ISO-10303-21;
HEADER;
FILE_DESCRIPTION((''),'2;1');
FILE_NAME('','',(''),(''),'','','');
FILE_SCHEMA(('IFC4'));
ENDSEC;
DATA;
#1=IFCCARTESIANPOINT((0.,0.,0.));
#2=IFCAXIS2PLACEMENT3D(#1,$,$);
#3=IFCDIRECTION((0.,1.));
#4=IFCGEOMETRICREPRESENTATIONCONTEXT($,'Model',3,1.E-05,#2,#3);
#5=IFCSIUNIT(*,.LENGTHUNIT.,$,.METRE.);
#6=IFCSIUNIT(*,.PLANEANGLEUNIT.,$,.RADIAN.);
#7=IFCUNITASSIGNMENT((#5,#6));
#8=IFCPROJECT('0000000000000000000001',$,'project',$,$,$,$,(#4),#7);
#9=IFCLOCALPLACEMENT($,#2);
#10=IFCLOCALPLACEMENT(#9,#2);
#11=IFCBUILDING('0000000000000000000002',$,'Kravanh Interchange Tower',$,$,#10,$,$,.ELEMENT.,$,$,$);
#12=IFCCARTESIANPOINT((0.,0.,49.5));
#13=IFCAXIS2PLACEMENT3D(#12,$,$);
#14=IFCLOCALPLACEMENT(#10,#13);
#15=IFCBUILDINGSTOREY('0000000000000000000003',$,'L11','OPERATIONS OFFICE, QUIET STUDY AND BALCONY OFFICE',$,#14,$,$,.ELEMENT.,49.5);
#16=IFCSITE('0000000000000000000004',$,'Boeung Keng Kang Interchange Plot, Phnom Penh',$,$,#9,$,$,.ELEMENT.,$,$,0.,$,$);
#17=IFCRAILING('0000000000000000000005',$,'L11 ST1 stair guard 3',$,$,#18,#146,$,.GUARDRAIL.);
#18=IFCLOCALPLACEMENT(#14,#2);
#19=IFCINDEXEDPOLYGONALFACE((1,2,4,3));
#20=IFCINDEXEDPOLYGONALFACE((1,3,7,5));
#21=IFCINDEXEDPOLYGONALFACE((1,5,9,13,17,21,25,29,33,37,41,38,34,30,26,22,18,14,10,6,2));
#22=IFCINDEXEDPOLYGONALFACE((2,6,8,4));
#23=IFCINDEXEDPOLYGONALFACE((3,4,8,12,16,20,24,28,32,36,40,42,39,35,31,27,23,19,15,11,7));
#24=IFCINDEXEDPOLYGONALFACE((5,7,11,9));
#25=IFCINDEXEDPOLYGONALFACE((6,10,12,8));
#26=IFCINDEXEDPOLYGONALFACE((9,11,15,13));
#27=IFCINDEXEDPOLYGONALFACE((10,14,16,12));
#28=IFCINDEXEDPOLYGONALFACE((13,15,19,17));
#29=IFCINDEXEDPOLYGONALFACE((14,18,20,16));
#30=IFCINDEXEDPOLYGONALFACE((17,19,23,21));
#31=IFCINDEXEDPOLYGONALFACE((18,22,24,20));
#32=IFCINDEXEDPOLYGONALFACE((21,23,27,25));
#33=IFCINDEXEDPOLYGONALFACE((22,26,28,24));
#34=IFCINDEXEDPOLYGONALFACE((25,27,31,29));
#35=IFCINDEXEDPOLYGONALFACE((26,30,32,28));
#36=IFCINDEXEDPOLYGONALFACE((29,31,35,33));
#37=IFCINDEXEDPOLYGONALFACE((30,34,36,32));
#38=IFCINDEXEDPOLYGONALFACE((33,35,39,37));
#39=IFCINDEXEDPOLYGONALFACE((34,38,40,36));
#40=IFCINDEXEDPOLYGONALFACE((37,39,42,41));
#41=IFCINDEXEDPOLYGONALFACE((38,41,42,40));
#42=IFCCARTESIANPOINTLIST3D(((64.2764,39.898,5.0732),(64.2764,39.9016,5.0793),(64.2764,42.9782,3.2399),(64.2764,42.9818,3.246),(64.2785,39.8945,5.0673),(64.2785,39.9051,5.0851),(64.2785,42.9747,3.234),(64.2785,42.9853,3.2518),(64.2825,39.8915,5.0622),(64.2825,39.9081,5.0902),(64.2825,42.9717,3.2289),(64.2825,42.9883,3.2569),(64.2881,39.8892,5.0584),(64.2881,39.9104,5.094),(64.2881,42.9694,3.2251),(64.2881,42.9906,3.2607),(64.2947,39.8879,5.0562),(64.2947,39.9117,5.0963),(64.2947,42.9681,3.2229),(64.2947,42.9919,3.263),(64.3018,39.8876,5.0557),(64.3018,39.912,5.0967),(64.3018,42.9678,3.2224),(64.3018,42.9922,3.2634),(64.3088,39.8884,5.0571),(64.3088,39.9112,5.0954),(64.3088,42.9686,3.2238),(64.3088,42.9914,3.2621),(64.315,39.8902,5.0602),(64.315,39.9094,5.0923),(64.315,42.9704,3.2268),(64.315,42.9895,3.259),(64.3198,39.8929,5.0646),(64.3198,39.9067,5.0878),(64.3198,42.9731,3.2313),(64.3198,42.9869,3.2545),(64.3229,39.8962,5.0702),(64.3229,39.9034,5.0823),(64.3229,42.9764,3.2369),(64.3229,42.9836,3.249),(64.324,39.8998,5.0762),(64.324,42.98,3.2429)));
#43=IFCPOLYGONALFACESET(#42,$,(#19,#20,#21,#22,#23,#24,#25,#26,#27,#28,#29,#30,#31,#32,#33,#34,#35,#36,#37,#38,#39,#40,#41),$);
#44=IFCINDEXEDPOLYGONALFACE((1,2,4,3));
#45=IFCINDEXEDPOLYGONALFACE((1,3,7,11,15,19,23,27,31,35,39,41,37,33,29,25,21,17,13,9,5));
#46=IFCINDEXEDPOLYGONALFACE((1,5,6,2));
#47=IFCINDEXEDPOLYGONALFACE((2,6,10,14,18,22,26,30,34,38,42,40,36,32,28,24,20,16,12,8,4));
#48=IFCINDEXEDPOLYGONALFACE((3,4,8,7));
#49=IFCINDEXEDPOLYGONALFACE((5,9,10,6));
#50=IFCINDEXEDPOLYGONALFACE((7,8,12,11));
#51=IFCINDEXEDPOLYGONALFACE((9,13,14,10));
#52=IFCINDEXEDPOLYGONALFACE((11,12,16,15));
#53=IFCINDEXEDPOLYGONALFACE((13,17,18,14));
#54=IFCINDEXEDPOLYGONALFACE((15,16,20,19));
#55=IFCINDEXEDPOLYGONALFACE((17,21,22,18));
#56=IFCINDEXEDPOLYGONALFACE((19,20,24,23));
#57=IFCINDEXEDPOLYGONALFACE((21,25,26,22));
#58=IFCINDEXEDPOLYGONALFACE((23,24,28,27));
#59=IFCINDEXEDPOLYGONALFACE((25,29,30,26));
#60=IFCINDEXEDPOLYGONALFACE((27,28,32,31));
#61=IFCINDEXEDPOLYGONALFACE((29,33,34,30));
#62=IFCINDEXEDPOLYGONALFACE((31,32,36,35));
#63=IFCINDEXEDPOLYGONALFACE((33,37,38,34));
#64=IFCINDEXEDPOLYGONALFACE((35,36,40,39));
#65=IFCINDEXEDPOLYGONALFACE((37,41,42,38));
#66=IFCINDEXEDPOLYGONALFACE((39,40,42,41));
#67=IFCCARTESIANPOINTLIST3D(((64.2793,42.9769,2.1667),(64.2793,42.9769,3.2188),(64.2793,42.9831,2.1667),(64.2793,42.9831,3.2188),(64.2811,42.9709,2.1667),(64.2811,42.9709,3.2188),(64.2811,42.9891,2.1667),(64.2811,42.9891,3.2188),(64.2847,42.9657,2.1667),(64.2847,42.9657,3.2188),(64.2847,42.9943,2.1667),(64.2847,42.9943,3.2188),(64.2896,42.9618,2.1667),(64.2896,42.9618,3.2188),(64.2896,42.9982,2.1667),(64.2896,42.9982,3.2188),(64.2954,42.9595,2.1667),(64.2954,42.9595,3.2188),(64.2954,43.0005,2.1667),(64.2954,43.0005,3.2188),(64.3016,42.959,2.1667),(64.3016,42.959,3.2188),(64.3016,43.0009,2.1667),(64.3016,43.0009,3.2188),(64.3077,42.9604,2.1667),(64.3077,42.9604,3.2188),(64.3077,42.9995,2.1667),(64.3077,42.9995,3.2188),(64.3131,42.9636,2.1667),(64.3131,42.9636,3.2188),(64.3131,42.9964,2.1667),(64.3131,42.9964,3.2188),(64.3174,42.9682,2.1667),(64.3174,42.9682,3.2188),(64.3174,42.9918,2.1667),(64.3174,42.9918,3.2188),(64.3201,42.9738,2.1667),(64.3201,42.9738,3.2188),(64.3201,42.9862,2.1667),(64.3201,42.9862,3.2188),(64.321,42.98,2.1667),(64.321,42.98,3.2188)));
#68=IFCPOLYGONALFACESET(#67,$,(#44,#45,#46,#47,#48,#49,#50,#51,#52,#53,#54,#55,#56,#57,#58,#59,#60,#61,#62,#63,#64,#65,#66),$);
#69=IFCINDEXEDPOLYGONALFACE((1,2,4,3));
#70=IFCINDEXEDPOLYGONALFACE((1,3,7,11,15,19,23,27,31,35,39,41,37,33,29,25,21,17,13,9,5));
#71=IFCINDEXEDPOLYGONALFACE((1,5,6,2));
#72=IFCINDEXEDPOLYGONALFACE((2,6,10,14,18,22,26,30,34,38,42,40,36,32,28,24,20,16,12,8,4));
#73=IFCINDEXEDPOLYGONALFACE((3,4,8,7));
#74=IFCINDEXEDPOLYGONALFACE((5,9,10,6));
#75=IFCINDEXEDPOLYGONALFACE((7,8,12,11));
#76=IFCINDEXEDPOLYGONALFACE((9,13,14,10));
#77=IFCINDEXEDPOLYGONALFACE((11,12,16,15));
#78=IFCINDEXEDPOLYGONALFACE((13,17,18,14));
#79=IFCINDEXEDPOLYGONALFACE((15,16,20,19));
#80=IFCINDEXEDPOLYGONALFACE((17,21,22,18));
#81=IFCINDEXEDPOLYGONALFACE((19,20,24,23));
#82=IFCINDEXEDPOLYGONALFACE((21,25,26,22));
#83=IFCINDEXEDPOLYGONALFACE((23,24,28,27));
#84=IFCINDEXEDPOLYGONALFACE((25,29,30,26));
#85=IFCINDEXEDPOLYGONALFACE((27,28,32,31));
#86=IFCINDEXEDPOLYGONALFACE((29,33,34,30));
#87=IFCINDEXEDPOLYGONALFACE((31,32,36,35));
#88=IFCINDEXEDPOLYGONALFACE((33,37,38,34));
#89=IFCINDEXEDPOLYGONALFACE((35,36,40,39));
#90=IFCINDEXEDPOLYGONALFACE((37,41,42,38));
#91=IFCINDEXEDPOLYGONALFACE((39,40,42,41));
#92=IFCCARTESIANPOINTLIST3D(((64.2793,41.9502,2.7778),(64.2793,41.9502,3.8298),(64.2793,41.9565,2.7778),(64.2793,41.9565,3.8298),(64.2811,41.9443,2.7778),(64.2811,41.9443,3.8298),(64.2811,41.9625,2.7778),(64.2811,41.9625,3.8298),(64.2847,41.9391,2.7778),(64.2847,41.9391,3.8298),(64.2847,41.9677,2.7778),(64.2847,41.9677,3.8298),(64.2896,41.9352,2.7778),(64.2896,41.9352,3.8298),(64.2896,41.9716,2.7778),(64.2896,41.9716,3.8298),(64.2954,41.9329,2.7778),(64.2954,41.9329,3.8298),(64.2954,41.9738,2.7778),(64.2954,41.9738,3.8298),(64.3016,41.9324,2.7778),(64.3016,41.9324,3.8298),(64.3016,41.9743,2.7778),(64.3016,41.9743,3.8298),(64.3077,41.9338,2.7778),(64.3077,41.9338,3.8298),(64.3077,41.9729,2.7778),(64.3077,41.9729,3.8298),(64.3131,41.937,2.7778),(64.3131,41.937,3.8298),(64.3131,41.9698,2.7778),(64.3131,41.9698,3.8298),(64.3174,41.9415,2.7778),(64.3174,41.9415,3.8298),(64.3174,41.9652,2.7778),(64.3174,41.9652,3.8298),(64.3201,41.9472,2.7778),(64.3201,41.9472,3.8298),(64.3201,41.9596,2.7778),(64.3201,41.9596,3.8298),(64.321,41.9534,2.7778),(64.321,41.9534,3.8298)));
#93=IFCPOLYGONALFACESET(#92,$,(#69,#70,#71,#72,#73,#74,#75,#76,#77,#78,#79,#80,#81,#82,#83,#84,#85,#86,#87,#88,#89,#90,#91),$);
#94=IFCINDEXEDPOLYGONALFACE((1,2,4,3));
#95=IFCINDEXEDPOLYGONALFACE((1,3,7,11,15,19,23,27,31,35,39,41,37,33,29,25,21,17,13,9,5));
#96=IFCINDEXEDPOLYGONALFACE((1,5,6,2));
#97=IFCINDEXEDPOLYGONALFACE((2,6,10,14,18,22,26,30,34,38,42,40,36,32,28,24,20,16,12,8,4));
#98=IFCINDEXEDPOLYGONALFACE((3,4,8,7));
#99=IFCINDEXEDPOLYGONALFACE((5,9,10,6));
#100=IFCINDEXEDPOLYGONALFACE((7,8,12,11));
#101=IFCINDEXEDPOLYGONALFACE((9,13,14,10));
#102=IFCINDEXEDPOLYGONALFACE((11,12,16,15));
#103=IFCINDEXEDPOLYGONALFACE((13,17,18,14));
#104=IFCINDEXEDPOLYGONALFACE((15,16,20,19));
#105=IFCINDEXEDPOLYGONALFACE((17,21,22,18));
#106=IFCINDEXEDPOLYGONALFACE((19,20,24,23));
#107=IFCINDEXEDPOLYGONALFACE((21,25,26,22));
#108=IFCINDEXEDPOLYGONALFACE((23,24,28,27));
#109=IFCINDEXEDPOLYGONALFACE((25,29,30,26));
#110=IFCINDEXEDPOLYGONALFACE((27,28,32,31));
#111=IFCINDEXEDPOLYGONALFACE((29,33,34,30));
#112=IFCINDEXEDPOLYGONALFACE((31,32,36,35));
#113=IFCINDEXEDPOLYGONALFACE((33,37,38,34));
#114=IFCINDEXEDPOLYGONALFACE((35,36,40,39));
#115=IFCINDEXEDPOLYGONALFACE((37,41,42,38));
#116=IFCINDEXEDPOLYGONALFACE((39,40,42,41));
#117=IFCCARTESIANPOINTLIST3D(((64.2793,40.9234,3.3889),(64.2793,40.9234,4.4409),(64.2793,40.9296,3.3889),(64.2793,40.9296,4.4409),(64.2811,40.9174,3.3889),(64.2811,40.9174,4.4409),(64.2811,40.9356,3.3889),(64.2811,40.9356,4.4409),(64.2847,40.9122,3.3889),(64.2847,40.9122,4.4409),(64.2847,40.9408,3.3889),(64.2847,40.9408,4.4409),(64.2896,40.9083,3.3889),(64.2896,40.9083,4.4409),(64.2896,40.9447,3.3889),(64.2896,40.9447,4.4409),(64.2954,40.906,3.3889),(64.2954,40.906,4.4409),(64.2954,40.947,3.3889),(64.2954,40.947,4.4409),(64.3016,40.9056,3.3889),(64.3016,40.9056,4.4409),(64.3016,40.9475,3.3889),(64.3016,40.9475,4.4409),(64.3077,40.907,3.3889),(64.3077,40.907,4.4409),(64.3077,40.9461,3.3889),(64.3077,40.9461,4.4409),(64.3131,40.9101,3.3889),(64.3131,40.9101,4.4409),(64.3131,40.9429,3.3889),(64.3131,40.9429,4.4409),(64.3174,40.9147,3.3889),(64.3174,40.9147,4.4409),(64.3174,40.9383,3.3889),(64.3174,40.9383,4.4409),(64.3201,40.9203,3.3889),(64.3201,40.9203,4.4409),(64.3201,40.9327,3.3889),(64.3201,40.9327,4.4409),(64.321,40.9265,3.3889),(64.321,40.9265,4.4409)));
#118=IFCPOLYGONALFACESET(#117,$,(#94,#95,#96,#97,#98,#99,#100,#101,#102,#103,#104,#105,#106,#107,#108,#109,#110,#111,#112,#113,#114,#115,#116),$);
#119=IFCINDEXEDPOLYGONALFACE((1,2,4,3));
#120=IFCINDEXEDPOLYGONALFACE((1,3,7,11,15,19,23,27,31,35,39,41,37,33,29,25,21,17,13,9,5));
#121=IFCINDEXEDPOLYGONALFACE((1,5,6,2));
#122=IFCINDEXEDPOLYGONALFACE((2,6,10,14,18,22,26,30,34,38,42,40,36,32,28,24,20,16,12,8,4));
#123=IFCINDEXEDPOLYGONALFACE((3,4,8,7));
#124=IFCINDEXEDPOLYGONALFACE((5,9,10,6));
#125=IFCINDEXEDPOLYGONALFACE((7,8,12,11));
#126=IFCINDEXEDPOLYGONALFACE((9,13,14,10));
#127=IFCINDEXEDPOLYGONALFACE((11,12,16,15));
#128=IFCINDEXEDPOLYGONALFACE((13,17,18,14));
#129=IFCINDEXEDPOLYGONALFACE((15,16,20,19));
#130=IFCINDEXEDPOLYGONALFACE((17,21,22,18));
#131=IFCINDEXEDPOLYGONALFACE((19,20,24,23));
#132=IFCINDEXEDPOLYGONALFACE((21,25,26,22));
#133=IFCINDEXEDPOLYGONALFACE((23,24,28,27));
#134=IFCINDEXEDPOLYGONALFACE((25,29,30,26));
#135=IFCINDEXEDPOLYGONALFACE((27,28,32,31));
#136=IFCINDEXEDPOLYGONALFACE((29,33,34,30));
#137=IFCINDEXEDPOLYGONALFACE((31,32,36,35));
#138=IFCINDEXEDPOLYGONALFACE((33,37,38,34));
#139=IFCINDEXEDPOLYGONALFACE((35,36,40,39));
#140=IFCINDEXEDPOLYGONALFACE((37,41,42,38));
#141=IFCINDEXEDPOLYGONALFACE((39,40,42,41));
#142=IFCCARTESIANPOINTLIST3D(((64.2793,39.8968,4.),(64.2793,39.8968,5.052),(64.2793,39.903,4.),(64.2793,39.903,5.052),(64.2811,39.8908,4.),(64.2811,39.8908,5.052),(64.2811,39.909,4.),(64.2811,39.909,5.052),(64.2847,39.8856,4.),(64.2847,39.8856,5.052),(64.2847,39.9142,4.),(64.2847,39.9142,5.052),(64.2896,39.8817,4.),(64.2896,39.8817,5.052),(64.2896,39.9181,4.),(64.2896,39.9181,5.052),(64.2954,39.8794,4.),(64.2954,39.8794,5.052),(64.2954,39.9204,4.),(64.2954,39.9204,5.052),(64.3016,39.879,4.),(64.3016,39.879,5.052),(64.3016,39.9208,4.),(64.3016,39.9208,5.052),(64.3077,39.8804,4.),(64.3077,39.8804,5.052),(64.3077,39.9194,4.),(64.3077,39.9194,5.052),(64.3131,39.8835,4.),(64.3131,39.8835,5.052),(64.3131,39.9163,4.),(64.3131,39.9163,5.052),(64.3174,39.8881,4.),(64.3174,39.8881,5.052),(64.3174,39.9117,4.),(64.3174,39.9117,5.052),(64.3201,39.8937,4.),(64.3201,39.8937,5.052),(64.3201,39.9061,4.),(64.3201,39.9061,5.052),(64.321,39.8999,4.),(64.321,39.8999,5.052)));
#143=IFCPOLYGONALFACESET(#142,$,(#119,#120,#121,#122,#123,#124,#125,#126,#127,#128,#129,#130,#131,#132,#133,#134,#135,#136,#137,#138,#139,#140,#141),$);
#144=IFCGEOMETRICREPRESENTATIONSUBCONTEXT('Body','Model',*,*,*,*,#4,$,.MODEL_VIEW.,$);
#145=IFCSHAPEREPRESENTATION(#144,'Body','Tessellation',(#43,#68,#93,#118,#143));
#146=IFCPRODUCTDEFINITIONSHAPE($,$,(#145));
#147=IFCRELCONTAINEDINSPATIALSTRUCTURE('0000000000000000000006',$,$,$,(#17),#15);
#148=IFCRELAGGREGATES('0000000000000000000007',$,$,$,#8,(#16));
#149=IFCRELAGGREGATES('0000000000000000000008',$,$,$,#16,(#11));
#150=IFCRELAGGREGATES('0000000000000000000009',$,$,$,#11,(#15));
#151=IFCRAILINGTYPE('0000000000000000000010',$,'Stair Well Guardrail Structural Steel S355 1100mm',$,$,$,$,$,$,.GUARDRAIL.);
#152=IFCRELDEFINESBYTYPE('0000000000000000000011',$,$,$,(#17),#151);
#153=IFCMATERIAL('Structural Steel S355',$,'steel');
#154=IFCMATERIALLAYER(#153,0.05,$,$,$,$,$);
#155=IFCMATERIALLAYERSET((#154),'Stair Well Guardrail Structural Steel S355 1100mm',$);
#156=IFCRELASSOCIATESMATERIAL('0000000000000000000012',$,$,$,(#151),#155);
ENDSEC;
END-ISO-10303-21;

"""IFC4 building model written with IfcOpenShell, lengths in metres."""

from ifc_helpers import new_model, si_unit, direction, frame, origin, origin_2d, place, context, subcontext, project, spatial, circle, extrude, material, layer, layer_set, type_object, element, save


model = new_model("IFC4")

# Units and contexts
model_context = context("Model", 3, precision=1e-05, world=origin(), true_north=direction((0.0, 1.0)))
body_context = subcontext(model_context, "Body", "Model", "MODEL_VIEW")
ifc_project = project(units=[si_unit("LENGTHUNIT", "METRE"), si_unit("PLANEANGLEUNIT", "RADIAN")], contexts=[model_context])

# Site, building, storey
site_placement = place(None, origin())
site = spatial("IfcSite", under=ifc_project, at=site_placement, Name="Boeung Keng Kang Interchange Plot, Phnom Penh", CompositionType="ELEMENT", RefElevation=0.0)
building_placement = place(site_placement, origin())
building = spatial("IfcBuilding", under=site, at=building_placement, Name="Kravanh Interchange Tower", CompositionType="ELEMENT")
storey_placement = place(building_placement, frame((0.0, 0.0, 49.5)))
storey = spatial("IfcBuildingStorey", under=building, at=storey_placement, Name="L11", Description="OPERATIONS OFFICE, QUIET STUDY AND BALCONY OFFICE", CompositionType="ELEMENT", Elevation=49.5)

# Railing
ifc_material_1 = material(Name="Structural Steel S355", Category="steel")
ifc_layer_1 = layer(ifc_material_1, 0.05)
ifc_layer_set_1 = layer_set([ifc_layer_1], Name="Stair Well Guardrail Structural Steel S355 1100mm")
railing_type_1 = type_object("IfcRailingType", Name="Stair Well Guardrail Structural Steel S355 1100mm", PredefinedType="GUARDRAIL", material=ifc_layer_set_1)
railing_1_placement = place(storey_placement, frame((64.3, 42.98, 2.1667)))
element("IfcRailing", 1, at=railing_1_placement, inside=storey, type_object=railing_type_1, Name="L11 ST1 stair guard 3", PredefinedType="GUARDRAIL", context=body_context, shape_type="SweptSolid", body=[
    extrude(circle(Radius=0.0239, at=origin_2d()), frame((0.0, 0.0, 1.0762), z_axis=(0.0, -0.859309, 0.511458), x_axis=(1.0, 0.0, 0.0)), (0.0, 0.0, 1.0), 3.5845),
    extrude(circle(Radius=0.021, at=origin_2d()), origin(), (0.0, 0.0, 1.0), 1.052),
    extrude(circle(Radius=0.021, at=origin_2d()), frame((0.0, -1.0266, 0.6111)), (0.0, 0.0, 1.0), 1.052),
    extrude(circle(Radius=0.021, at=origin_2d()), frame((0.0, -2.0535, 1.2222)), (0.0, 0.0, 1.0), 1.052),
    extrude(circle(Radius=0.021, at=origin_2d()), frame((0.0, -3.0801, 1.8333)), (0.0, 0.0, 1.0), 1.052),
])

save(model, "model.ifc")
